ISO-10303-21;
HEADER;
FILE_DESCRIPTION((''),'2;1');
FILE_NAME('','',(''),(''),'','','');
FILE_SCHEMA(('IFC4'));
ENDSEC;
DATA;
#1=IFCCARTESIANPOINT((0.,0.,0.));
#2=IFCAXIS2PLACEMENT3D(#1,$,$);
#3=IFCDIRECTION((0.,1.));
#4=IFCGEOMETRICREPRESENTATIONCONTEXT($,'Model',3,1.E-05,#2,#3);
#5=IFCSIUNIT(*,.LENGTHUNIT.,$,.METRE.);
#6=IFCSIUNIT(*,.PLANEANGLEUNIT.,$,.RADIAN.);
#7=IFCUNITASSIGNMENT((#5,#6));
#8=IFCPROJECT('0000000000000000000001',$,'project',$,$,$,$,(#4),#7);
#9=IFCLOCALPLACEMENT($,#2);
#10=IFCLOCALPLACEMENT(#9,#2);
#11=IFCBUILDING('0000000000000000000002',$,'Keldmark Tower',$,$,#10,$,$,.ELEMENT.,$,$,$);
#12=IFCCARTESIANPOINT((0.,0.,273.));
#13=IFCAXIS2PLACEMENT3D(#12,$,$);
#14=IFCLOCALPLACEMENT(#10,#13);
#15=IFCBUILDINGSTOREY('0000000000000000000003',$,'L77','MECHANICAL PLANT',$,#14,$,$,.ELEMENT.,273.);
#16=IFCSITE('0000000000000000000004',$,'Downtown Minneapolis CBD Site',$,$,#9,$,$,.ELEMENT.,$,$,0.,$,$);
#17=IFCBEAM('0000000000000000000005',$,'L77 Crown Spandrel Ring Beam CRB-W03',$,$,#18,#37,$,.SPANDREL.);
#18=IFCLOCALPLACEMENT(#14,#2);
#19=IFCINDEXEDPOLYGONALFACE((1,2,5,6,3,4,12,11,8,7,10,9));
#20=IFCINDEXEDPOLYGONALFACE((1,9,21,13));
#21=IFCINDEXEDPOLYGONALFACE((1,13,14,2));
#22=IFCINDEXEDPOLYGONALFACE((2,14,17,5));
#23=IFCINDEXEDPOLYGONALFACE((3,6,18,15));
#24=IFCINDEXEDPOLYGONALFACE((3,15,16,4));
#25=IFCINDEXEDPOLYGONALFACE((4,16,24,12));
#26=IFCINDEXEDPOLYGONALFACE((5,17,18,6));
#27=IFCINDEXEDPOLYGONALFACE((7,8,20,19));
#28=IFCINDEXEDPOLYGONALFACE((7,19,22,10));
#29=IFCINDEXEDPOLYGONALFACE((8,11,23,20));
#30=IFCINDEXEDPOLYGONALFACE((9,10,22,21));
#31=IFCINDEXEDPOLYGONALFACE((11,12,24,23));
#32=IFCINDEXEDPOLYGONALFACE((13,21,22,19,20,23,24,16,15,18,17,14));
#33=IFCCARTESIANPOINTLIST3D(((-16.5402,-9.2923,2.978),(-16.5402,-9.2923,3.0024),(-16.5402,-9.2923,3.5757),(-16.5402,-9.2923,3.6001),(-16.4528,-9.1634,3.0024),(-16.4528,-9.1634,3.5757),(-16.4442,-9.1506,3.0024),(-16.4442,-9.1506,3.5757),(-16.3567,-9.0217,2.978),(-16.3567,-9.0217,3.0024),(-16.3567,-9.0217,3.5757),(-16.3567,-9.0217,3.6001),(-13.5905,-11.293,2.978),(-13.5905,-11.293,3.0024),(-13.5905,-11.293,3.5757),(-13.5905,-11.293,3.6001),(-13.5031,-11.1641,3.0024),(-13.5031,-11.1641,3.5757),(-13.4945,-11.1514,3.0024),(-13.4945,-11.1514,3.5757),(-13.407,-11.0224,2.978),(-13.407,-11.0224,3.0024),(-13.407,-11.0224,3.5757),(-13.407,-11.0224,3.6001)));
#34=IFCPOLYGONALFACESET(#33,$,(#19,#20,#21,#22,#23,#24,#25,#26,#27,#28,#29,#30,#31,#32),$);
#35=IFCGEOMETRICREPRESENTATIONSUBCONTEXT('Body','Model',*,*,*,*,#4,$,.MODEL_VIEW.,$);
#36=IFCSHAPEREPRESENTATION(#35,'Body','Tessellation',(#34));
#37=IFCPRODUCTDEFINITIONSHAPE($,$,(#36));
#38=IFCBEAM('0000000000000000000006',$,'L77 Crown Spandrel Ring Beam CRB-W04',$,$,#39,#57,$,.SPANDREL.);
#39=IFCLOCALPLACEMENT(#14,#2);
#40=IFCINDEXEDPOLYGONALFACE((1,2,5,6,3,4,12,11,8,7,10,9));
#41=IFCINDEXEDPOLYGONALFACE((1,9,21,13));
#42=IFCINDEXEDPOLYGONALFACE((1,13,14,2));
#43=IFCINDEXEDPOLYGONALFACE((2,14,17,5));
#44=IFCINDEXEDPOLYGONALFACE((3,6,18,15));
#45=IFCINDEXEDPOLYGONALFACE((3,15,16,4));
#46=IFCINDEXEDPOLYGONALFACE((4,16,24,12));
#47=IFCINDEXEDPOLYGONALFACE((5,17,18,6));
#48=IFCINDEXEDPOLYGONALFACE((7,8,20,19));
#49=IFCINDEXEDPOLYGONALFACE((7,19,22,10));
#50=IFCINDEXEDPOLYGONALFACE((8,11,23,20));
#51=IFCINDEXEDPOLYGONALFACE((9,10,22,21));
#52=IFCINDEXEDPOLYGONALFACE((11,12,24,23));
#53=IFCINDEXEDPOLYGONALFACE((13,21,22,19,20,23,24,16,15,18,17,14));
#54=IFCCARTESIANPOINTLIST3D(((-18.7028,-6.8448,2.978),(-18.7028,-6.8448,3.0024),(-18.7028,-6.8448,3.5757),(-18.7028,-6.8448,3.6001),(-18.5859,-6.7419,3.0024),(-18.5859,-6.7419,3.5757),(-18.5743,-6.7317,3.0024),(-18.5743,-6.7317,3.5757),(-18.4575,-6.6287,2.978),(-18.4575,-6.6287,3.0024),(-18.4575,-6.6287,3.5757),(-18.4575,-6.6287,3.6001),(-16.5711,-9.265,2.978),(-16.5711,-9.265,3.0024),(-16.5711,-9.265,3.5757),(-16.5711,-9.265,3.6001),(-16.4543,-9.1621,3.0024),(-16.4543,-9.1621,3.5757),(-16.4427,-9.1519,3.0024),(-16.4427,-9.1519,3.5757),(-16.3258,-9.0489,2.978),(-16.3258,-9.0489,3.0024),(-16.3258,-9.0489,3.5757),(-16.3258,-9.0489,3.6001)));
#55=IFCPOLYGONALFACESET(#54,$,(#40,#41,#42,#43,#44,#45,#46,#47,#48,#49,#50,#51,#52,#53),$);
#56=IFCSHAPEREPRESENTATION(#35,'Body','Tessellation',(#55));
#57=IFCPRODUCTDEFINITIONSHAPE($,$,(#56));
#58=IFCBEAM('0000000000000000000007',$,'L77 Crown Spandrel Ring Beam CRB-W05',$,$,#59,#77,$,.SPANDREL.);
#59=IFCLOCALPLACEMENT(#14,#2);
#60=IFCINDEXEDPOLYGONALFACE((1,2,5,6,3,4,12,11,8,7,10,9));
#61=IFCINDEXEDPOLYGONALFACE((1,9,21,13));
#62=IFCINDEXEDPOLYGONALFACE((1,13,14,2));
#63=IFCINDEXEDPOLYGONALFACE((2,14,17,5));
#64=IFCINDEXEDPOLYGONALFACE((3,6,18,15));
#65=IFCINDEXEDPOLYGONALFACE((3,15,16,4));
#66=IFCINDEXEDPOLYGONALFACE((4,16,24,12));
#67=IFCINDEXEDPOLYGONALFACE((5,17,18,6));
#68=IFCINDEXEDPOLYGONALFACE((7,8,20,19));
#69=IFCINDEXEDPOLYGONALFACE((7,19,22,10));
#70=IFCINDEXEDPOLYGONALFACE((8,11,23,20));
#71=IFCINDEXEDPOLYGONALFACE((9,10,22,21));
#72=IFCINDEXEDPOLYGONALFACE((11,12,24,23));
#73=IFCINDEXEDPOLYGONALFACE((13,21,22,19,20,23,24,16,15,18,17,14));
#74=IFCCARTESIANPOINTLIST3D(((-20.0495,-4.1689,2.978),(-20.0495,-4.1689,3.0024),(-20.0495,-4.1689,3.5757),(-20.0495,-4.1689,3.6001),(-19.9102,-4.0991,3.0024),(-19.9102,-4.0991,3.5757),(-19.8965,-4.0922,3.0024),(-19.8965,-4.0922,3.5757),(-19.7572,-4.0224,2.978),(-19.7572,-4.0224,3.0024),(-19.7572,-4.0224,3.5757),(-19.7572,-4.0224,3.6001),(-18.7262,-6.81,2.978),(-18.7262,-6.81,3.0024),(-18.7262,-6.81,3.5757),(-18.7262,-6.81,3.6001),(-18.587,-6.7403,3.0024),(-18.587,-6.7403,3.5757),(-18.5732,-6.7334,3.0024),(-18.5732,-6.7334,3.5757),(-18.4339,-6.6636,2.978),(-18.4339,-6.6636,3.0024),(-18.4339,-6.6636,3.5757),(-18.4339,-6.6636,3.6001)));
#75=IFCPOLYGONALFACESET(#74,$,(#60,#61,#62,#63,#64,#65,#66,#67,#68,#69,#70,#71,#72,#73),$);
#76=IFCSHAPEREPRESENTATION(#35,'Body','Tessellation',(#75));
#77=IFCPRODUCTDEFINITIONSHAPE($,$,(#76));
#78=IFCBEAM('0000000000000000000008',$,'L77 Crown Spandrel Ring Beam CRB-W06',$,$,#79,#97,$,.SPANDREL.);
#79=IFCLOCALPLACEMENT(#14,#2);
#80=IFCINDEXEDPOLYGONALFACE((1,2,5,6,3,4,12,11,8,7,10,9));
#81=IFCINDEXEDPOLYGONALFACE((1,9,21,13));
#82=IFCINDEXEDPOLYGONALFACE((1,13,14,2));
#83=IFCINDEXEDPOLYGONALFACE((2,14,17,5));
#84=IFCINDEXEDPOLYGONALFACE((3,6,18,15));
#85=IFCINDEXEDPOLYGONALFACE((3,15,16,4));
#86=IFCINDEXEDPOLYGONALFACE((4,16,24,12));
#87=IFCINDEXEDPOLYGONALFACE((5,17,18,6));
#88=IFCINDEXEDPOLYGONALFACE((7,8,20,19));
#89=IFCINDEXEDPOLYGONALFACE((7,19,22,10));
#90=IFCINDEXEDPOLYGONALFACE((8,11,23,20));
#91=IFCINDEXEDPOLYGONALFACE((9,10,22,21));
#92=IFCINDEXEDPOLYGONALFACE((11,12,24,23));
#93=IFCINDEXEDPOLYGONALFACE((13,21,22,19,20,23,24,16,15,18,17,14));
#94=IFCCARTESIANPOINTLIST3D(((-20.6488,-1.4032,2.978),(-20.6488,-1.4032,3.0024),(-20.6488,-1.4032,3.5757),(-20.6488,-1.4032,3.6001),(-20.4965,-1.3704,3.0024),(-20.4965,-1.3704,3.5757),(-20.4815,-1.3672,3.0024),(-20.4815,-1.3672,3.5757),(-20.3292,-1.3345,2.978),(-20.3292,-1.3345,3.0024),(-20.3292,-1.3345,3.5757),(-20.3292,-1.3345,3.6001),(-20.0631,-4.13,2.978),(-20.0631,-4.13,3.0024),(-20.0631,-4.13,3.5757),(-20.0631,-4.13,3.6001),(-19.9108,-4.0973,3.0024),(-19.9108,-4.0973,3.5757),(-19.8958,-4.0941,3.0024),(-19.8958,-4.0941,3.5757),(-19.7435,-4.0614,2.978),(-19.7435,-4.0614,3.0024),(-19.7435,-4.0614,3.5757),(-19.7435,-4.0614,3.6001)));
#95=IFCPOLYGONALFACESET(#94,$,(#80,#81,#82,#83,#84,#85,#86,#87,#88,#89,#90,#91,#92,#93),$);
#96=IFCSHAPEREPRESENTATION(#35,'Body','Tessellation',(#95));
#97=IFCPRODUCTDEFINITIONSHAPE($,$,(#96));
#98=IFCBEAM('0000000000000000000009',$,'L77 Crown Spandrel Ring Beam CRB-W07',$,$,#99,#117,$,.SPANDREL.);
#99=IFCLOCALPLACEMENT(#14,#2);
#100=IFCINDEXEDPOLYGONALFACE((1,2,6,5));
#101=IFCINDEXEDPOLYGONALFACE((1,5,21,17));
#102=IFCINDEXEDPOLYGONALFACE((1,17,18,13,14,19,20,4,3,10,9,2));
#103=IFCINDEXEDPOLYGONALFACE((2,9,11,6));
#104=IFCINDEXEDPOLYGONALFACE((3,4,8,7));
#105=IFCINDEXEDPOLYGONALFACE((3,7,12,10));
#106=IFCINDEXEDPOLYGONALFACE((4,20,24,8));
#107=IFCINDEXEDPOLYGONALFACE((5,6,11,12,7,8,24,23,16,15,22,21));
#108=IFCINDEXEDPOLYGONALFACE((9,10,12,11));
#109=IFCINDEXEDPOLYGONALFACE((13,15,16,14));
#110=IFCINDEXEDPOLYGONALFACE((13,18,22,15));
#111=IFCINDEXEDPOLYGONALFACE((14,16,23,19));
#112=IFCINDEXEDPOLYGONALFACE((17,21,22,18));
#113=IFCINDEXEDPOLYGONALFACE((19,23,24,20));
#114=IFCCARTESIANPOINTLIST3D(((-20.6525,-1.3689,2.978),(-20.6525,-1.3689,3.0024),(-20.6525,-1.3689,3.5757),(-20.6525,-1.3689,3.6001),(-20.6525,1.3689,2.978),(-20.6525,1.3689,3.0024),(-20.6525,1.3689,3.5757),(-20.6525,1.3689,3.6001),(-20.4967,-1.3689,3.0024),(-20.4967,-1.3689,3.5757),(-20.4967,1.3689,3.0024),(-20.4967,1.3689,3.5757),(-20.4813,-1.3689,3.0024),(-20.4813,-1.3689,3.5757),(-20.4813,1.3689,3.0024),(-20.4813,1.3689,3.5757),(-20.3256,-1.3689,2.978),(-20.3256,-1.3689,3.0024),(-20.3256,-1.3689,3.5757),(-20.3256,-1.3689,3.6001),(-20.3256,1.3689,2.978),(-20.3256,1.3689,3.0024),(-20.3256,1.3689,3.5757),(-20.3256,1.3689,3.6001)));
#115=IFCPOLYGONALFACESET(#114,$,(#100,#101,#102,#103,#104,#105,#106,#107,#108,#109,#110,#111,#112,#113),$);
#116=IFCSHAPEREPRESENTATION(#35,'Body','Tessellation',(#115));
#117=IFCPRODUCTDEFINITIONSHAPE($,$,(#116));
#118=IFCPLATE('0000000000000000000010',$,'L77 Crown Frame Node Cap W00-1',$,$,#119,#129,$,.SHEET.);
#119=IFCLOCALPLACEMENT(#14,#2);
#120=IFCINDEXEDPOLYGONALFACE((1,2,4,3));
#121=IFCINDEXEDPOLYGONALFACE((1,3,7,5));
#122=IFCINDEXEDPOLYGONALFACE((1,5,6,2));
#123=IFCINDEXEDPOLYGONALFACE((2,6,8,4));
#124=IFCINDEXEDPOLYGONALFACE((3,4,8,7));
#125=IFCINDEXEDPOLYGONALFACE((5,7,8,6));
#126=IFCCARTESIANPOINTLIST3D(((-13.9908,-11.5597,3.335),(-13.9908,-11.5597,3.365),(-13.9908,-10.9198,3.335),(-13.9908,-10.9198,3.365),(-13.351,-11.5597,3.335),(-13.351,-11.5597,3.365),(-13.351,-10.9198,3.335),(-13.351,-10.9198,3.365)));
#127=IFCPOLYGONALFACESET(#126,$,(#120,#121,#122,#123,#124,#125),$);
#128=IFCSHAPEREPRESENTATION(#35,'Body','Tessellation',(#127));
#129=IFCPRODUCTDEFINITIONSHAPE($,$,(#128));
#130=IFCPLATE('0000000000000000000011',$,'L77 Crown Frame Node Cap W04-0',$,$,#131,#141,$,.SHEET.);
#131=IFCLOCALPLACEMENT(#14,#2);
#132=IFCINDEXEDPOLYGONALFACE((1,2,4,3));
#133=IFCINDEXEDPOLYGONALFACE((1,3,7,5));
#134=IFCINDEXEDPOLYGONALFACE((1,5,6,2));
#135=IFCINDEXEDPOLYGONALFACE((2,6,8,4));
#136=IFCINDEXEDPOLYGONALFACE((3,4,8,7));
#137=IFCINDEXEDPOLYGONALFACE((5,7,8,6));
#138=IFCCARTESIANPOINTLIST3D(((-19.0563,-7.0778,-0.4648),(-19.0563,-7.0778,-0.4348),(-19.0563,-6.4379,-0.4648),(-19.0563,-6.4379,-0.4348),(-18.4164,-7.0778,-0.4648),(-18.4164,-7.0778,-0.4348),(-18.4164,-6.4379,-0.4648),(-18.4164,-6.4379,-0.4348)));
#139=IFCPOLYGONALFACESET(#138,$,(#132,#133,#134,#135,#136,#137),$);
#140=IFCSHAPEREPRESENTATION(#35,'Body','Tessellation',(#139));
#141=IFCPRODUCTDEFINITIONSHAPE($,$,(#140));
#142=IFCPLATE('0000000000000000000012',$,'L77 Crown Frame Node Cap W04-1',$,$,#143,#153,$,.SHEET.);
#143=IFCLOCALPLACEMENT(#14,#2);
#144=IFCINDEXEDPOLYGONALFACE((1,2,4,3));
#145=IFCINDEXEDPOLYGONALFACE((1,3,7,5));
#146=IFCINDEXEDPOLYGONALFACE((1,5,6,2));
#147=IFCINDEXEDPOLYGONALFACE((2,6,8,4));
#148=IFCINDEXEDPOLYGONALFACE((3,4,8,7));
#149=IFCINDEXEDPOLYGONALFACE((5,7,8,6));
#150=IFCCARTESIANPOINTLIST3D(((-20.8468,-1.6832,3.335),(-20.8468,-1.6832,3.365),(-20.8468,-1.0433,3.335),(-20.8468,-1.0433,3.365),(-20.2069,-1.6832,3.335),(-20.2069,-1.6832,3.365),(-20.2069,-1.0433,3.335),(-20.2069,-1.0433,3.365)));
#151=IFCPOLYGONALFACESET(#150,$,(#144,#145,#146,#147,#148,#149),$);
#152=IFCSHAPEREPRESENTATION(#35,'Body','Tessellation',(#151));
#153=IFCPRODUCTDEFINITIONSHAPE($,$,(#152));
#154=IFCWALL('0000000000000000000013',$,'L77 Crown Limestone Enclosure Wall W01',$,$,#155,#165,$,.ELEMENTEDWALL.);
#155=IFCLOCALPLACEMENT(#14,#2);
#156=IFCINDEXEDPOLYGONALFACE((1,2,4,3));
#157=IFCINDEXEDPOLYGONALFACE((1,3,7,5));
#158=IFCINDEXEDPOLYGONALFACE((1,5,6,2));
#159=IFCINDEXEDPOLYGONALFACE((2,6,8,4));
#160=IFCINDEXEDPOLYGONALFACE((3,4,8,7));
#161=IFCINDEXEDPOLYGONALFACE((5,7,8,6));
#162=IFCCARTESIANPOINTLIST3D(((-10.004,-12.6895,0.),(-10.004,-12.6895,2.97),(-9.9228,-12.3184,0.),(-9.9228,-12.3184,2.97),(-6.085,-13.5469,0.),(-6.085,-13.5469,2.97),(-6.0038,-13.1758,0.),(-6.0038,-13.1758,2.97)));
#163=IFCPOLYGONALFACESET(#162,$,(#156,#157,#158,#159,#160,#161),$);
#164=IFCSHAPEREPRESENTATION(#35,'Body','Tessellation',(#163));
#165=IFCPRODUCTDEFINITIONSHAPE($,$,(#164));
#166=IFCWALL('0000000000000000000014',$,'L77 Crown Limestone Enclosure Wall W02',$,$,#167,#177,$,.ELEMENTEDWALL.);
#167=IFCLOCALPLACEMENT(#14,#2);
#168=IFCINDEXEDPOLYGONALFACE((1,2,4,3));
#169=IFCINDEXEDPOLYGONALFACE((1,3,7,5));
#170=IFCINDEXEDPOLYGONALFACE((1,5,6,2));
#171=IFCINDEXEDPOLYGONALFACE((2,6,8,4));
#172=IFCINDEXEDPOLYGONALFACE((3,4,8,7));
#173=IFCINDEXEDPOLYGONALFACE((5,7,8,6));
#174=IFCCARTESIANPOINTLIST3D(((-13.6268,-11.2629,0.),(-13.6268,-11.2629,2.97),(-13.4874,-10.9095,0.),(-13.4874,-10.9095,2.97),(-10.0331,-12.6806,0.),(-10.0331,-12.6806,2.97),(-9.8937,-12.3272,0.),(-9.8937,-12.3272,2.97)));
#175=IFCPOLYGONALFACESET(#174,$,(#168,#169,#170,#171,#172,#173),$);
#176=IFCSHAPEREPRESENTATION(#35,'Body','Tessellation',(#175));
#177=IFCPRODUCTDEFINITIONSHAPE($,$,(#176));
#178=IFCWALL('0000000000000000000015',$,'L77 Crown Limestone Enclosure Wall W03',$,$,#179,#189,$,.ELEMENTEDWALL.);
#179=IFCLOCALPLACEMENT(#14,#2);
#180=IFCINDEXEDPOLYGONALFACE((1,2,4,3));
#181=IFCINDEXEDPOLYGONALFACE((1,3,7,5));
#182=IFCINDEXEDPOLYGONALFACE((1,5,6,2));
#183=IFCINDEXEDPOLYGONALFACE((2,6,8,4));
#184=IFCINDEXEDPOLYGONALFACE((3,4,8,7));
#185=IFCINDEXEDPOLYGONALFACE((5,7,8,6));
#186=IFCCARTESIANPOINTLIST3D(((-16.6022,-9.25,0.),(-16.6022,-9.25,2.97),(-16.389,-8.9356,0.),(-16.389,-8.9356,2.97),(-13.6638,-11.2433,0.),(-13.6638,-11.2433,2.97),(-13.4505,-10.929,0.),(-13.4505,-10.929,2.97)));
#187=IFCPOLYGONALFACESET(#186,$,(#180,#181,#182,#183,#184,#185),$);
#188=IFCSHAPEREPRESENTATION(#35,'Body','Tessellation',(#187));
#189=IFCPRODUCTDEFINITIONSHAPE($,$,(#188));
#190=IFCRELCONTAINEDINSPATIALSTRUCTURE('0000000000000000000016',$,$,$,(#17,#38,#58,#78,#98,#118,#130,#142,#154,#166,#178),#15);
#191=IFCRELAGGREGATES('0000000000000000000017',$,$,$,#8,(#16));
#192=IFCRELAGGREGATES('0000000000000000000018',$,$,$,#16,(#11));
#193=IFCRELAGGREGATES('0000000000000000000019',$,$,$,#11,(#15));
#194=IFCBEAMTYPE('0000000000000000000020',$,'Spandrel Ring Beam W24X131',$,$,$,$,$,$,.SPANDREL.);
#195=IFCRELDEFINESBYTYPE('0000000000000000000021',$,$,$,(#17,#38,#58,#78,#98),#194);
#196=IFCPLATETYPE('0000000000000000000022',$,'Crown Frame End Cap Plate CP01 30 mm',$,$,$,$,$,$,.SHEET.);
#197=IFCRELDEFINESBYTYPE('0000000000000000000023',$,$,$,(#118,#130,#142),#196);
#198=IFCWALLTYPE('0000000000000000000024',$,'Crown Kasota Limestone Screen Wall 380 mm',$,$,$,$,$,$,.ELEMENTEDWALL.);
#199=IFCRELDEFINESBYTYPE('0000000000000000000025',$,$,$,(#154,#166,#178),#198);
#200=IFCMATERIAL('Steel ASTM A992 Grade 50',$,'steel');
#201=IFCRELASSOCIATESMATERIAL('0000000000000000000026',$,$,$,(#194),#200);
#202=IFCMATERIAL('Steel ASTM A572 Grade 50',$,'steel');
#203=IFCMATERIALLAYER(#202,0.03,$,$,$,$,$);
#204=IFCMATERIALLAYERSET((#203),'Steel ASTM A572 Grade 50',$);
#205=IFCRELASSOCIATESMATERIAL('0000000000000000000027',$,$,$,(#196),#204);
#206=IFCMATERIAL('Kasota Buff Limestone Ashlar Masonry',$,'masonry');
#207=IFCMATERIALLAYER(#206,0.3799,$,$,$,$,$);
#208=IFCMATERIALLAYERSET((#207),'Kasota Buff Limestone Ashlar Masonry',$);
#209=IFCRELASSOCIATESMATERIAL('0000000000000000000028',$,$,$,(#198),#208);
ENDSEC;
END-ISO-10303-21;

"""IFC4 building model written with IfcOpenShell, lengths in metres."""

from ifc_helpers import new_model, si_unit, direction, frame, frame_2d, origin, origin_2d, place, context, subcontext, project, spatial, rectangle, i_section, extrude, material, layer, layer_set, material_profile, profile_set, type_object, element, save


model = new_model("IFC4")

# Units and contexts
model_context = context("Model", 3, precision=1e-05, world=origin(), true_north=direction((0.0, 1.0)))
body_context = subcontext(model_context, "Body", "Model", "MODEL_VIEW")
ifc_project = project(units=[si_unit("LENGTHUNIT", "METRE"), si_unit("PLANEANGLEUNIT", "RADIAN")], contexts=[model_context])

# Site, building, storey
site_placement = place(None, origin())
site = spatial("IfcSite", under=ifc_project, at=site_placement, Name="Downtown Minneapolis CBD Site", CompositionType="ELEMENT", RefElevation=0.0)
building_placement = place(site_placement, origin())
building = spatial("IfcBuilding", under=site, at=building_placement, Name="Keldmark Tower", CompositionType="ELEMENT")
storey_placement = place(building_placement, frame((0.0, 0.0, 273.0)))
storey = spatial("IfcBuildingStorey", under=building, at=storey_placement, Name="L77", Description="MECHANICAL PLANT", CompositionType="ELEMENT", Elevation=273.0)

# Beams
ifc_material_1 = material(Name="Steel ASTM A992 Grade 50", Category="steel")
ifc_material_profile_1 = material_profile(ifc_material_1, i_section(OverallWidth=0.3269, OverallDepth=0.6221, WebThickness=0.0154, FlangeThickness=0.0244, at=origin_2d()), Name="W24X131")
ifc_profile_set_1 = profile_set([ifc_material_profile_1], Name="Steel ASTM A992 Grade 50")
beam_type_1 = type_object("IfcBeamType", Name="Spandrel Ring Beam W24X131", PredefinedType="SPANDREL", material=ifc_profile_set_1)
beam_1_placement = place(storey_placement, frame((-13.4988, -11.1577, 3.2891), z_axis=(-0.827587, 0.561337, 0.0), x_axis=(-0.561337, -0.827587, 0.0)))
element("IfcBeam", 1, at=beam_1_placement, inside=storey, type_object=beam_type_1, Name="L77 Crown Spandrel Ring Beam CRB-W03", PredefinedType="SPANDREL", context=body_context, shape_type="SweptSolid", body=[
    extrude(i_section(OverallWidth=0.3269, OverallDepth=0.6221, WebThickness=0.0154, FlangeThickness=0.0244, at=origin_2d()), origin(), (0.0, 0.0, 1.0), 3.5642),
])
beam_2_placement = place(storey_placement, frame((-16.4485, -9.157, 3.2891), z_axis=(-0.66095, 0.75043, 0.0), x_axis=(-0.75043, -0.66095, 0.0)))
element("IfcBeam", 2, at=beam_2_placement, inside=storey, type_object=beam_type_1, Name="L77 Crown Spandrel Ring Beam CRB-W04", PredefinedType="SPANDREL", context=body_context, shape_type="SweptSolid", body=[
    extrude(i_section(OverallWidth=0.3269, OverallDepth=0.6221, WebThickness=0.0154, FlangeThickness=0.0244, at=origin_2d()), origin(), (0.0, 0.0, 1.0), 3.2251),
])
beam_3_placement = place(storey_placement, frame((-18.5801, -6.7368, 3.2891), z_axis=(-0.447941, 0.894063, 0.0), x_axis=(-0.894063, -0.447941, 0.0)))
element("IfcBeam", 3, at=beam_3_placement, inside=storey, type_object=beam_type_1, Name="L77 Crown Spandrel Ring Beam CRB-W05", PredefinedType="SPANDREL", context=body_context, shape_type="SweptSolid", body=[
    extrude(i_section(OverallWidth=0.3269, OverallDepth=0.6221, WebThickness=0.0154, FlangeThickness=0.0244, at=origin_2d()), origin(), (0.0, 0.0, 1.0), 2.9541),
])
beam_4_placement = place(storey_placement, frame((-19.9033, -4.0957, 3.2891), z_axis=(-0.210001, 0.977701, 0.0), x_axis=(-0.977701, -0.210001, 0.0)))
element("IfcBeam", 4, at=beam_4_placement, inside=storey, type_object=beam_type_1, Name="L77 Crown Spandrel Ring Beam CRB-W06", PredefinedType="SPANDREL", context=body_context, shape_type="SweptSolid", body=[
    extrude(i_section(OverallWidth=0.3269, OverallDepth=0.6221, WebThickness=0.0154, FlangeThickness=0.0244, at=origin_2d()), origin(), (0.0, 0.0, 1.0), 2.7891),
])
beam_5_placement = place(storey_placement, frame((-20.489, -1.3689, 3.2891), z_axis=(0.0, 1.0, 0.0), x_axis=(-1.0, 0.0, 0.0)))
element("IfcBeam", 5, at=beam_5_placement, inside=storey, type_object=beam_type_1, Name="L77 Crown Spandrel Ring Beam CRB-W07", PredefinedType="SPANDREL", context=body_context, shape_type="SweptSolid", body=[
    extrude(i_section(OverallWidth=0.3269, OverallDepth=0.6221, WebThickness=0.0154, FlangeThickness=0.0244, at=origin_2d()), origin(), (0.0, 0.0, 1.0), 2.7378),
])

# Plates
ifc_material_2 = material(Name="Steel ASTM A572 Grade 50", Category="steel")
ifc_layer_1 = layer(ifc_material_2, 0.03)
ifc_layer_set_1 = layer_set([ifc_layer_1], Name="Steel ASTM A572 Grade 50")
plate_type = type_object("IfcPlateType", Name="Crown Frame End Cap Plate CP01 30 mm", PredefinedType="SHEET", material=ifc_layer_set_1)
for number, where, z_axis, x_axis, name in (
    (6, (-13.6709, -11.2397, 3.335), (0.0, 0.0, 1.0), (1.0, 0.0, 0.0), "L77 Crown Frame Node Cap W00-1"),
    (7, (-18.7363, -6.7578, -0.4648), (0.0, 0.0, 1.0), (1.0, 0.0, 0.0), "L77 Crown Frame Node Cap W04-0"),
    (8, (-20.5269, -1.3633, 3.335), (0.0, 0.0, 1.0), (1.0, 0.0, 0.0), "L77 Crown Frame Node Cap W04-1"),
):
    element("IfcPlate", number, at=place(storey_placement, frame(where, z_axis=z_axis, x_axis=x_axis)), inside=storey, type_object=plate_type, Name=name, PredefinedType="SHEET", context=body_context, shape_type="SweptSolid", body=[
        extrude(rectangle(XDim=0.6399, YDim=0.6399, at=origin_2d()), origin(), (0.0, 0.0, 1.0), 0.03),
    ])

# Walls
ifc_material_3 = material(Name="Kasota Buff Limestone Ashlar Masonry", Category="masonry")
ifc_layer_2 = layer(ifc_material_3, 0.3799)
ifc_layer_set_2 = layer_set([ifc_layer_2], Name="Kasota Buff Limestone Ashlar Masonry")
wall_type_1 = type_object("IfcWallType", Name="Crown Kasota Limestone Screen Wall 380 mm", PredefinedType="ELEMENTEDWALL", material=ifc_layer_set_2)
wall_1_placement = place(storey_placement, frame((-9.9634, -12.5039, 0.0), z_axis=(0.0, 0.0, 1.0), x_axis=(0.976892, -0.213733, 0.0)))
element("IfcWall", 9, at=wall_1_placement, inside=storey, type_object=wall_type_1, Name="L77 Crown Limestone Enclosure Wall W01", PredefinedType="ELEMENTEDWALL", context=body_context, shape_type="SweptSolid", body=[
    extrude(rectangle(XDim=4.0117, YDim=0.3799, at=frame_2d((2.0059, 0.0))), origin(), (0.0, 0.0, 1.0), 2.97),
])
wall_2_placement = place(storey_placement, frame((-13.5571, -11.0862, 0.0), z_axis=(0.0, 0.0, 1.0), x_axis=(0.930231, -0.366974, 0.0)))
element("IfcWall", 10, at=wall_2_placement, inside=storey, type_object=wall_type_1, Name="L77 Crown Limestone Enclosure Wall W02", PredefinedType="ELEMENTEDWALL", context=body_context, shape_type="SweptSolid", body=[
    extrude(rectangle(XDim=3.8633, YDim=0.3799, at=frame_2d((1.9316, 0.0))), origin(), (0.0, 0.0, 1.0), 2.97),
])
wall_3_placement = place(storey_placement, frame((-16.4956, -9.0928, 0.0), z_axis=(0.0, 0.0, 1.0), x_axis=(0.827549, -0.561394, 0.0)))
element("IfcWall", 11, at=wall_3_placement, inside=storey, type_object=wall_type_1, Name="L77 Crown Limestone Enclosure Wall W03", PredefinedType="ELEMENTEDWALL", context=body_context, shape_type="SweptSolid", body=[
    extrude(rectangle(XDim=3.5508, YDim=0.3799, at=frame_2d((1.7754, 0.0))), origin(), (0.0, 0.0, 1.0), 2.97),
])

save(model, "model.ifc")
